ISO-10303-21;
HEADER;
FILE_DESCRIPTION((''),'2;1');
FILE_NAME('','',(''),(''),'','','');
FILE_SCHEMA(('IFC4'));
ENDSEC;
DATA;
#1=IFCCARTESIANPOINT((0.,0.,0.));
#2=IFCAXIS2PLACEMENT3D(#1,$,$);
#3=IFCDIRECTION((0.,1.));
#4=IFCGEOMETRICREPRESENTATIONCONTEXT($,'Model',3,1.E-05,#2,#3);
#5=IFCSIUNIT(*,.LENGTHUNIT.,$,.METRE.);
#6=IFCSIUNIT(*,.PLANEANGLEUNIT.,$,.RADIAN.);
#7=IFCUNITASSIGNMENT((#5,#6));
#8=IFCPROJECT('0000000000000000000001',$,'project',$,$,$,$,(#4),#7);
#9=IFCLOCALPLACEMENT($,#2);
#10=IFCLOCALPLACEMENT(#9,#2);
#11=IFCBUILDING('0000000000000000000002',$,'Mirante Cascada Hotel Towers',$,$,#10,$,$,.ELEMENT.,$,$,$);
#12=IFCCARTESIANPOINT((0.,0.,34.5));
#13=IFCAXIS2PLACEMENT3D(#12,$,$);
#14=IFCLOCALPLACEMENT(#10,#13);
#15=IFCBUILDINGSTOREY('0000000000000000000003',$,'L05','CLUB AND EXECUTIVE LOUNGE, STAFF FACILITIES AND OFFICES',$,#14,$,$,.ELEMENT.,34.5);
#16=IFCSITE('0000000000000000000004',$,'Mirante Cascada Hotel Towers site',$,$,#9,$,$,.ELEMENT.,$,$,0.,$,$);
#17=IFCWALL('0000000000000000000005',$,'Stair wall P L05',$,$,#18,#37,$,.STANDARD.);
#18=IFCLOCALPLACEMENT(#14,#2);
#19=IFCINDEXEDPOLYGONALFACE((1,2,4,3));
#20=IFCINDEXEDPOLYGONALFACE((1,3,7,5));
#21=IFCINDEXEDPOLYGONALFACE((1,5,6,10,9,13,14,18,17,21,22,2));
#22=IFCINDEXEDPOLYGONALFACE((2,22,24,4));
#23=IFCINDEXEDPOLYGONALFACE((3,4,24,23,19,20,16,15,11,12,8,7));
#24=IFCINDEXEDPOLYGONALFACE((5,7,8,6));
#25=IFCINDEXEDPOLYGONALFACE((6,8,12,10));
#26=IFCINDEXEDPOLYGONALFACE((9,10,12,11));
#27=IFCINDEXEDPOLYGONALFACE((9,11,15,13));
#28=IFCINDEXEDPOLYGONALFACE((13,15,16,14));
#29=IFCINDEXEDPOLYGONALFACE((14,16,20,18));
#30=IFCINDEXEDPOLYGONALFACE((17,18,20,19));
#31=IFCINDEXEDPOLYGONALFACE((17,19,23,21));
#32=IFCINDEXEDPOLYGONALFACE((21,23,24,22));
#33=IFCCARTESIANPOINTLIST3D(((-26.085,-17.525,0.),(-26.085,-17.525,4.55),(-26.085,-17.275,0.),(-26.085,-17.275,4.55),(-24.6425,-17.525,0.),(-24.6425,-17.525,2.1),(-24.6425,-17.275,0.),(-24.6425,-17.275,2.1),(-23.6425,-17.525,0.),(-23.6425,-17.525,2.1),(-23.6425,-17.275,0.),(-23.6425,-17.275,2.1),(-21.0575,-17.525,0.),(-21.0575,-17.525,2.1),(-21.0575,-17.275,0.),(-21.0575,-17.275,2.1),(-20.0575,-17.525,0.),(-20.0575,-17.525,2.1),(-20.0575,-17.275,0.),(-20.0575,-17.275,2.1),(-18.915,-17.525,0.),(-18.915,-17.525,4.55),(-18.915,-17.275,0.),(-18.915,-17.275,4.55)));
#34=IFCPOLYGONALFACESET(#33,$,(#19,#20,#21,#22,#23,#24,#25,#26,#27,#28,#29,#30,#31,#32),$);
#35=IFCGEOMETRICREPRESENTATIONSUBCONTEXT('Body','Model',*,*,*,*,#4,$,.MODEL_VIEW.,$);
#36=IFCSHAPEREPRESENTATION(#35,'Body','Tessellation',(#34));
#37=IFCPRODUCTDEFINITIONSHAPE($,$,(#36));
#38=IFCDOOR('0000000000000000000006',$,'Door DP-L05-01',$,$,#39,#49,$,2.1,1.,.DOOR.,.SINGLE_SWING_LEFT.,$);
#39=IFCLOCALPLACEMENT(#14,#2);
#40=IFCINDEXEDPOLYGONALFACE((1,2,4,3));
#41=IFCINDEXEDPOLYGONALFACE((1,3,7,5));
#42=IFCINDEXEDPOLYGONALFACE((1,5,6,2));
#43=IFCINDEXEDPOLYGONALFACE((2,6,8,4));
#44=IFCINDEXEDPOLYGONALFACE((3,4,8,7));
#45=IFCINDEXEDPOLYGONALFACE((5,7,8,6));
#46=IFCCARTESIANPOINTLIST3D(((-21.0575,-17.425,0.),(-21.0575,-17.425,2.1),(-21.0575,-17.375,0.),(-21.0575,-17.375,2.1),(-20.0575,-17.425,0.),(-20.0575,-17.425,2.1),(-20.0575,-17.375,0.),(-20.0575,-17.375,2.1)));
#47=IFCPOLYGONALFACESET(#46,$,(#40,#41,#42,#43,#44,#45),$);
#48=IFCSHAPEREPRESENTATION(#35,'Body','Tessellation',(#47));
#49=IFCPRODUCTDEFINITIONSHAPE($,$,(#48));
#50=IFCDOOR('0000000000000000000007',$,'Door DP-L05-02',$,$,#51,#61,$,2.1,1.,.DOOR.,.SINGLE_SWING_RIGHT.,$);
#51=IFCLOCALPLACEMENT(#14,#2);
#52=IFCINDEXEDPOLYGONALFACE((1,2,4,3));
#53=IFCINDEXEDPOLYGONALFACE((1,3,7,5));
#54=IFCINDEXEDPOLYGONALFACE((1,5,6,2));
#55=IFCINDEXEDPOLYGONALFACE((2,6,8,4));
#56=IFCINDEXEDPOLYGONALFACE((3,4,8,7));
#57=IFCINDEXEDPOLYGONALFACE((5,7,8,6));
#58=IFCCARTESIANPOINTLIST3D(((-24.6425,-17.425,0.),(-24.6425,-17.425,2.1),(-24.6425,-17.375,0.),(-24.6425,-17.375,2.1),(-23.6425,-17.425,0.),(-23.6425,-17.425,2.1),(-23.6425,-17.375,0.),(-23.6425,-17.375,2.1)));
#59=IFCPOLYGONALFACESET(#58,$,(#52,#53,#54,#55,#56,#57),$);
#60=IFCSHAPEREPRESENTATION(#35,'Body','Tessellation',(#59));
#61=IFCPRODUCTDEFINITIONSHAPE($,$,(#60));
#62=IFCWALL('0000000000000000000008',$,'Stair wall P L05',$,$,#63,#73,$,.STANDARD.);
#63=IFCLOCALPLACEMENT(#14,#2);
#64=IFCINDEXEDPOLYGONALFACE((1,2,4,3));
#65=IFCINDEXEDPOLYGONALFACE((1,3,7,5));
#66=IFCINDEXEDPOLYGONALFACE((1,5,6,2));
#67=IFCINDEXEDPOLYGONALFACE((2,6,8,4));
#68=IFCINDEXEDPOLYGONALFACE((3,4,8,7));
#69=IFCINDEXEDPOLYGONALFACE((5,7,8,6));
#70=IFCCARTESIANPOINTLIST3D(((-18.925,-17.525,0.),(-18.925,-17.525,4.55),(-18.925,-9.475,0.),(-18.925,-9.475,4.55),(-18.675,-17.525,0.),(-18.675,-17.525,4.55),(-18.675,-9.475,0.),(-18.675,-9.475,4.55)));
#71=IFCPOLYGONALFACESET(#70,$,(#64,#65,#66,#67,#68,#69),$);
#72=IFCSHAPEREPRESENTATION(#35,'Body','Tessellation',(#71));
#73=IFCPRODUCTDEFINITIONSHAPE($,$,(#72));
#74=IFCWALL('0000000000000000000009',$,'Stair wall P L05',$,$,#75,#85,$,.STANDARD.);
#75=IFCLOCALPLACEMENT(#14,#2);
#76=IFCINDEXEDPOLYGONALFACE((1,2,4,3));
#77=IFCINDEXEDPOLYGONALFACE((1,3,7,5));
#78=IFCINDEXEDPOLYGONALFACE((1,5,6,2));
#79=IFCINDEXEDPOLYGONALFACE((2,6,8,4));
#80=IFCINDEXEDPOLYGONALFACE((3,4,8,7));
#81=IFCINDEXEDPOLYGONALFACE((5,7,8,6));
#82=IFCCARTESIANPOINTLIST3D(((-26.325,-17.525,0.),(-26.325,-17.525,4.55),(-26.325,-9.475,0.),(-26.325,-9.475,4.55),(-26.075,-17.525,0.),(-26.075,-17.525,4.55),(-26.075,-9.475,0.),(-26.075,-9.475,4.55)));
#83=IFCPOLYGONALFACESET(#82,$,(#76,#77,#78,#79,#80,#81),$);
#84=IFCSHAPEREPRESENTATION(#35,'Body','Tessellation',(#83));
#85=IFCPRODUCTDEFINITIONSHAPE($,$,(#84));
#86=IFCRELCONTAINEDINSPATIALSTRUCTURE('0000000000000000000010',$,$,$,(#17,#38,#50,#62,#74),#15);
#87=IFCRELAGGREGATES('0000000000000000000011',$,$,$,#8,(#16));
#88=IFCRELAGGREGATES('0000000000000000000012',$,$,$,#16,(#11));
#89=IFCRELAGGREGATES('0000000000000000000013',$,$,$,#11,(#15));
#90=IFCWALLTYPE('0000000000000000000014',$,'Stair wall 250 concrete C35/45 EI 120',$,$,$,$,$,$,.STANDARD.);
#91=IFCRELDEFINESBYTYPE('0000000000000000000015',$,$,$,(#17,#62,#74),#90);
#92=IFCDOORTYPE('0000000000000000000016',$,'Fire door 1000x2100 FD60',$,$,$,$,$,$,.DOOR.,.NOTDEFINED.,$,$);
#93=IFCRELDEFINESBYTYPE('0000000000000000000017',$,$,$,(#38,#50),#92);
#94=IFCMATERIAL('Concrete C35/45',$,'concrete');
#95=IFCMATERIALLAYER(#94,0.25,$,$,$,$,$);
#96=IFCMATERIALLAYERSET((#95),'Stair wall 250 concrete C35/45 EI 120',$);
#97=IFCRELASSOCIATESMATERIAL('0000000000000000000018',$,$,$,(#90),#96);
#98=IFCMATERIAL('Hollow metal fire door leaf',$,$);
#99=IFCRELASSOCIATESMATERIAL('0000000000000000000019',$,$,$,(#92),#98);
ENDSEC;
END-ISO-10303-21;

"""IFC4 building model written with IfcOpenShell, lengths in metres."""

from ifc_helpers import new_model, si_unit, direction, frame, frame_2d, origin, place, context, subcontext, project, spatial, rectangle, extrude, material, layer, layer_set, type_object, element, fill, save


model = new_model("IFC4")

# Units and contexts
model_context = context("Model", 3, precision=1e-05, world=origin(), true_north=direction((0.0, 1.0)))
body_context = subcontext(model_context, "Body", "Model", "MODEL_VIEW")
ifc_project = project(units=[si_unit("LENGTHUNIT", "METRE"), si_unit("PLANEANGLEUNIT", "RADIAN")], contexts=[model_context])

# Site, building, storey
site_placement = place(None, origin())
site = spatial("IfcSite", under=ifc_project, at=site_placement, Name="Mirante Cascada Hotel Towers site", CompositionType="ELEMENT", RefElevation=0.0)
building_placement = place(site_placement, origin())
building = spatial("IfcBuilding", under=site, at=building_placement, Name="Mirante Cascada Hotel Towers", CompositionType="ELEMENT")
storey_placement = place(building_placement, frame((0.0, 0.0, 34.5)))
storey = spatial("IfcBuildingStorey", under=building, at=storey_placement, Name="L05", Description="CLUB AND EXECUTIVE LOUNGE, STAFF FACILITIES AND OFFICES", CompositionType="ELEMENT", Elevation=34.5)

# Wall, openings, doors
ifc_material_1 = material(Name="Concrete C35/45", Category="concrete")
ifc_layer_1 = layer(ifc_material_1, 0.25)
ifc_layer_set_1 = layer_set([ifc_layer_1], Name="Stair wall 250 concrete C35/45 EI 120")
wall_type_1 = type_object("IfcWallType", Name="Stair wall 250 concrete C35/45 EI 120", PredefinedType="STANDARD", material=ifc_layer_set_1)
wall_1_placement = place(storey_placement, frame((-26.085, -17.4, 0.0), z_axis=(0.0, 0.0, 1.0), x_axis=(1.0, 0.0, 0.0)))
wall_1 = element("IfcWall", 1, at=wall_1_placement, inside=storey, type_object=wall_type_1, Name="Stair wall P L05", PredefinedType="STANDARD", context=body_context, shape_type="SweptSolid", body=[
    extrude(rectangle(XDim=7.17, YDim=0.25, at=frame_2d((3.585, 0.0))), origin(), (0.0, 0.0, 1.0), 4.55),
])
opening_1_placement = place(wall_1_placement, frame((5.0275, 0.0, 0.0)))
opening_1 = element("IfcOpeningElement", 2, at=opening_1_placement, cuts=wall_1, PredefinedType="OPENING", context=body_context, shape_type="SweptSolid", body=[
    extrude(rectangle(XDim=1.0, YDim=2.1, at=frame_2d((0.5, 1.05))), frame((0.0, 0.125, 0.0), z_axis=(0.0, -1.0, 0.0), x_axis=(1.0, 0.0, 0.0)), (0.0, 0.0, 1.0), 0.25),
])
opening_2_placement = place(wall_1_placement, frame((1.4425, 0.0, 0.0)))
opening_2 = element("IfcOpeningElement", 3, at=opening_2_placement, cuts=wall_1, PredefinedType="OPENING", context=body_context, shape_type="SweptSolid", body=[
    extrude(rectangle(XDim=1.0, YDim=2.1, at=frame_2d((0.5, 1.05))), frame((0.0, 0.125, 0.0), z_axis=(0.0, -1.0, 0.0), x_axis=(1.0, 0.0, 0.0)), (0.0, 0.0, 1.0), 0.25),
])
ifc_material_2 = material(Name="Hollow metal fire door leaf")
door_type = type_object("IfcDoorType", Name="Fire door 1000x2100 FD60", OperationType="NOTDEFINED", PredefinedType="DOOR", material=ifc_material_2)
door_1_placement = place(opening_1_placement, origin())
door_1 = element("IfcDoor", 4, at=door_1_placement, inside=storey, type_object=door_type, Name="Door DP-L05-01", OperationType="SINGLE_SWING_LEFT", OverallHeight=2.1, OverallWidth=1.0, PredefinedType="DOOR", context=body_context, shape_type="SweptSolid", body=[
    extrude(rectangle(XDim=1.0, YDim=2.1, at=frame_2d((0.5, 1.05))), frame((0.0, 0.025, 0.0), z_axis=(0.0, -1.0, 0.0), x_axis=(1.0, 0.0, 0.0)), (0.0, 0.0, 1.0), 0.05),
])
fill(opening_1, door_1)
door_2_placement = place(opening_2_placement, origin())
door_2 = element("IfcDoor", 5, at=door_2_placement, inside=storey, type_object=door_type, Name="Door DP-L05-02", OperationType="SINGLE_SWING_RIGHT", OverallHeight=2.1, OverallWidth=1.0, PredefinedType="DOOR", context=body_context, shape_type="SweptSolid", body=[
    extrude(rectangle(XDim=1.0, YDim=2.1, at=frame_2d((0.5, 1.05))), frame((0.0, 0.025, 0.0), z_axis=(0.0, -1.0, 0.0), x_axis=(1.0, 0.0, 0.0)), (0.0, 0.0, 1.0), 0.05),
])
fill(opening_2, door_2)

# Walls
for number, where, z_axis, x_axis, name in (
    (6, (-18.8, -17.525, 0.0), (0.0, 0.0, 1.0), (0.0, 1.0, 0.0), "Stair wall P L05"),
    (7, (-26.2, -17.525, 0.0), (0.0, 0.0, 1.0), (0.0, 1.0, 0.0), "Stair wall P L05"),
):
    element("IfcWall", number, at=place(storey_placement, frame(where, z_axis=z_axis, x_axis=x_axis)), inside=storey, type_object=wall_type_1, Name=name, PredefinedType="STANDARD", context=body_context, shape_type="SweptSolid", body=[
        extrude(rectangle(XDim=8.05, YDim=0.25, at=frame_2d((4.025, 0.0))), origin(), (0.0, 0.0, 1.0), 4.55),
    ])

save(model, "model.ifc")
